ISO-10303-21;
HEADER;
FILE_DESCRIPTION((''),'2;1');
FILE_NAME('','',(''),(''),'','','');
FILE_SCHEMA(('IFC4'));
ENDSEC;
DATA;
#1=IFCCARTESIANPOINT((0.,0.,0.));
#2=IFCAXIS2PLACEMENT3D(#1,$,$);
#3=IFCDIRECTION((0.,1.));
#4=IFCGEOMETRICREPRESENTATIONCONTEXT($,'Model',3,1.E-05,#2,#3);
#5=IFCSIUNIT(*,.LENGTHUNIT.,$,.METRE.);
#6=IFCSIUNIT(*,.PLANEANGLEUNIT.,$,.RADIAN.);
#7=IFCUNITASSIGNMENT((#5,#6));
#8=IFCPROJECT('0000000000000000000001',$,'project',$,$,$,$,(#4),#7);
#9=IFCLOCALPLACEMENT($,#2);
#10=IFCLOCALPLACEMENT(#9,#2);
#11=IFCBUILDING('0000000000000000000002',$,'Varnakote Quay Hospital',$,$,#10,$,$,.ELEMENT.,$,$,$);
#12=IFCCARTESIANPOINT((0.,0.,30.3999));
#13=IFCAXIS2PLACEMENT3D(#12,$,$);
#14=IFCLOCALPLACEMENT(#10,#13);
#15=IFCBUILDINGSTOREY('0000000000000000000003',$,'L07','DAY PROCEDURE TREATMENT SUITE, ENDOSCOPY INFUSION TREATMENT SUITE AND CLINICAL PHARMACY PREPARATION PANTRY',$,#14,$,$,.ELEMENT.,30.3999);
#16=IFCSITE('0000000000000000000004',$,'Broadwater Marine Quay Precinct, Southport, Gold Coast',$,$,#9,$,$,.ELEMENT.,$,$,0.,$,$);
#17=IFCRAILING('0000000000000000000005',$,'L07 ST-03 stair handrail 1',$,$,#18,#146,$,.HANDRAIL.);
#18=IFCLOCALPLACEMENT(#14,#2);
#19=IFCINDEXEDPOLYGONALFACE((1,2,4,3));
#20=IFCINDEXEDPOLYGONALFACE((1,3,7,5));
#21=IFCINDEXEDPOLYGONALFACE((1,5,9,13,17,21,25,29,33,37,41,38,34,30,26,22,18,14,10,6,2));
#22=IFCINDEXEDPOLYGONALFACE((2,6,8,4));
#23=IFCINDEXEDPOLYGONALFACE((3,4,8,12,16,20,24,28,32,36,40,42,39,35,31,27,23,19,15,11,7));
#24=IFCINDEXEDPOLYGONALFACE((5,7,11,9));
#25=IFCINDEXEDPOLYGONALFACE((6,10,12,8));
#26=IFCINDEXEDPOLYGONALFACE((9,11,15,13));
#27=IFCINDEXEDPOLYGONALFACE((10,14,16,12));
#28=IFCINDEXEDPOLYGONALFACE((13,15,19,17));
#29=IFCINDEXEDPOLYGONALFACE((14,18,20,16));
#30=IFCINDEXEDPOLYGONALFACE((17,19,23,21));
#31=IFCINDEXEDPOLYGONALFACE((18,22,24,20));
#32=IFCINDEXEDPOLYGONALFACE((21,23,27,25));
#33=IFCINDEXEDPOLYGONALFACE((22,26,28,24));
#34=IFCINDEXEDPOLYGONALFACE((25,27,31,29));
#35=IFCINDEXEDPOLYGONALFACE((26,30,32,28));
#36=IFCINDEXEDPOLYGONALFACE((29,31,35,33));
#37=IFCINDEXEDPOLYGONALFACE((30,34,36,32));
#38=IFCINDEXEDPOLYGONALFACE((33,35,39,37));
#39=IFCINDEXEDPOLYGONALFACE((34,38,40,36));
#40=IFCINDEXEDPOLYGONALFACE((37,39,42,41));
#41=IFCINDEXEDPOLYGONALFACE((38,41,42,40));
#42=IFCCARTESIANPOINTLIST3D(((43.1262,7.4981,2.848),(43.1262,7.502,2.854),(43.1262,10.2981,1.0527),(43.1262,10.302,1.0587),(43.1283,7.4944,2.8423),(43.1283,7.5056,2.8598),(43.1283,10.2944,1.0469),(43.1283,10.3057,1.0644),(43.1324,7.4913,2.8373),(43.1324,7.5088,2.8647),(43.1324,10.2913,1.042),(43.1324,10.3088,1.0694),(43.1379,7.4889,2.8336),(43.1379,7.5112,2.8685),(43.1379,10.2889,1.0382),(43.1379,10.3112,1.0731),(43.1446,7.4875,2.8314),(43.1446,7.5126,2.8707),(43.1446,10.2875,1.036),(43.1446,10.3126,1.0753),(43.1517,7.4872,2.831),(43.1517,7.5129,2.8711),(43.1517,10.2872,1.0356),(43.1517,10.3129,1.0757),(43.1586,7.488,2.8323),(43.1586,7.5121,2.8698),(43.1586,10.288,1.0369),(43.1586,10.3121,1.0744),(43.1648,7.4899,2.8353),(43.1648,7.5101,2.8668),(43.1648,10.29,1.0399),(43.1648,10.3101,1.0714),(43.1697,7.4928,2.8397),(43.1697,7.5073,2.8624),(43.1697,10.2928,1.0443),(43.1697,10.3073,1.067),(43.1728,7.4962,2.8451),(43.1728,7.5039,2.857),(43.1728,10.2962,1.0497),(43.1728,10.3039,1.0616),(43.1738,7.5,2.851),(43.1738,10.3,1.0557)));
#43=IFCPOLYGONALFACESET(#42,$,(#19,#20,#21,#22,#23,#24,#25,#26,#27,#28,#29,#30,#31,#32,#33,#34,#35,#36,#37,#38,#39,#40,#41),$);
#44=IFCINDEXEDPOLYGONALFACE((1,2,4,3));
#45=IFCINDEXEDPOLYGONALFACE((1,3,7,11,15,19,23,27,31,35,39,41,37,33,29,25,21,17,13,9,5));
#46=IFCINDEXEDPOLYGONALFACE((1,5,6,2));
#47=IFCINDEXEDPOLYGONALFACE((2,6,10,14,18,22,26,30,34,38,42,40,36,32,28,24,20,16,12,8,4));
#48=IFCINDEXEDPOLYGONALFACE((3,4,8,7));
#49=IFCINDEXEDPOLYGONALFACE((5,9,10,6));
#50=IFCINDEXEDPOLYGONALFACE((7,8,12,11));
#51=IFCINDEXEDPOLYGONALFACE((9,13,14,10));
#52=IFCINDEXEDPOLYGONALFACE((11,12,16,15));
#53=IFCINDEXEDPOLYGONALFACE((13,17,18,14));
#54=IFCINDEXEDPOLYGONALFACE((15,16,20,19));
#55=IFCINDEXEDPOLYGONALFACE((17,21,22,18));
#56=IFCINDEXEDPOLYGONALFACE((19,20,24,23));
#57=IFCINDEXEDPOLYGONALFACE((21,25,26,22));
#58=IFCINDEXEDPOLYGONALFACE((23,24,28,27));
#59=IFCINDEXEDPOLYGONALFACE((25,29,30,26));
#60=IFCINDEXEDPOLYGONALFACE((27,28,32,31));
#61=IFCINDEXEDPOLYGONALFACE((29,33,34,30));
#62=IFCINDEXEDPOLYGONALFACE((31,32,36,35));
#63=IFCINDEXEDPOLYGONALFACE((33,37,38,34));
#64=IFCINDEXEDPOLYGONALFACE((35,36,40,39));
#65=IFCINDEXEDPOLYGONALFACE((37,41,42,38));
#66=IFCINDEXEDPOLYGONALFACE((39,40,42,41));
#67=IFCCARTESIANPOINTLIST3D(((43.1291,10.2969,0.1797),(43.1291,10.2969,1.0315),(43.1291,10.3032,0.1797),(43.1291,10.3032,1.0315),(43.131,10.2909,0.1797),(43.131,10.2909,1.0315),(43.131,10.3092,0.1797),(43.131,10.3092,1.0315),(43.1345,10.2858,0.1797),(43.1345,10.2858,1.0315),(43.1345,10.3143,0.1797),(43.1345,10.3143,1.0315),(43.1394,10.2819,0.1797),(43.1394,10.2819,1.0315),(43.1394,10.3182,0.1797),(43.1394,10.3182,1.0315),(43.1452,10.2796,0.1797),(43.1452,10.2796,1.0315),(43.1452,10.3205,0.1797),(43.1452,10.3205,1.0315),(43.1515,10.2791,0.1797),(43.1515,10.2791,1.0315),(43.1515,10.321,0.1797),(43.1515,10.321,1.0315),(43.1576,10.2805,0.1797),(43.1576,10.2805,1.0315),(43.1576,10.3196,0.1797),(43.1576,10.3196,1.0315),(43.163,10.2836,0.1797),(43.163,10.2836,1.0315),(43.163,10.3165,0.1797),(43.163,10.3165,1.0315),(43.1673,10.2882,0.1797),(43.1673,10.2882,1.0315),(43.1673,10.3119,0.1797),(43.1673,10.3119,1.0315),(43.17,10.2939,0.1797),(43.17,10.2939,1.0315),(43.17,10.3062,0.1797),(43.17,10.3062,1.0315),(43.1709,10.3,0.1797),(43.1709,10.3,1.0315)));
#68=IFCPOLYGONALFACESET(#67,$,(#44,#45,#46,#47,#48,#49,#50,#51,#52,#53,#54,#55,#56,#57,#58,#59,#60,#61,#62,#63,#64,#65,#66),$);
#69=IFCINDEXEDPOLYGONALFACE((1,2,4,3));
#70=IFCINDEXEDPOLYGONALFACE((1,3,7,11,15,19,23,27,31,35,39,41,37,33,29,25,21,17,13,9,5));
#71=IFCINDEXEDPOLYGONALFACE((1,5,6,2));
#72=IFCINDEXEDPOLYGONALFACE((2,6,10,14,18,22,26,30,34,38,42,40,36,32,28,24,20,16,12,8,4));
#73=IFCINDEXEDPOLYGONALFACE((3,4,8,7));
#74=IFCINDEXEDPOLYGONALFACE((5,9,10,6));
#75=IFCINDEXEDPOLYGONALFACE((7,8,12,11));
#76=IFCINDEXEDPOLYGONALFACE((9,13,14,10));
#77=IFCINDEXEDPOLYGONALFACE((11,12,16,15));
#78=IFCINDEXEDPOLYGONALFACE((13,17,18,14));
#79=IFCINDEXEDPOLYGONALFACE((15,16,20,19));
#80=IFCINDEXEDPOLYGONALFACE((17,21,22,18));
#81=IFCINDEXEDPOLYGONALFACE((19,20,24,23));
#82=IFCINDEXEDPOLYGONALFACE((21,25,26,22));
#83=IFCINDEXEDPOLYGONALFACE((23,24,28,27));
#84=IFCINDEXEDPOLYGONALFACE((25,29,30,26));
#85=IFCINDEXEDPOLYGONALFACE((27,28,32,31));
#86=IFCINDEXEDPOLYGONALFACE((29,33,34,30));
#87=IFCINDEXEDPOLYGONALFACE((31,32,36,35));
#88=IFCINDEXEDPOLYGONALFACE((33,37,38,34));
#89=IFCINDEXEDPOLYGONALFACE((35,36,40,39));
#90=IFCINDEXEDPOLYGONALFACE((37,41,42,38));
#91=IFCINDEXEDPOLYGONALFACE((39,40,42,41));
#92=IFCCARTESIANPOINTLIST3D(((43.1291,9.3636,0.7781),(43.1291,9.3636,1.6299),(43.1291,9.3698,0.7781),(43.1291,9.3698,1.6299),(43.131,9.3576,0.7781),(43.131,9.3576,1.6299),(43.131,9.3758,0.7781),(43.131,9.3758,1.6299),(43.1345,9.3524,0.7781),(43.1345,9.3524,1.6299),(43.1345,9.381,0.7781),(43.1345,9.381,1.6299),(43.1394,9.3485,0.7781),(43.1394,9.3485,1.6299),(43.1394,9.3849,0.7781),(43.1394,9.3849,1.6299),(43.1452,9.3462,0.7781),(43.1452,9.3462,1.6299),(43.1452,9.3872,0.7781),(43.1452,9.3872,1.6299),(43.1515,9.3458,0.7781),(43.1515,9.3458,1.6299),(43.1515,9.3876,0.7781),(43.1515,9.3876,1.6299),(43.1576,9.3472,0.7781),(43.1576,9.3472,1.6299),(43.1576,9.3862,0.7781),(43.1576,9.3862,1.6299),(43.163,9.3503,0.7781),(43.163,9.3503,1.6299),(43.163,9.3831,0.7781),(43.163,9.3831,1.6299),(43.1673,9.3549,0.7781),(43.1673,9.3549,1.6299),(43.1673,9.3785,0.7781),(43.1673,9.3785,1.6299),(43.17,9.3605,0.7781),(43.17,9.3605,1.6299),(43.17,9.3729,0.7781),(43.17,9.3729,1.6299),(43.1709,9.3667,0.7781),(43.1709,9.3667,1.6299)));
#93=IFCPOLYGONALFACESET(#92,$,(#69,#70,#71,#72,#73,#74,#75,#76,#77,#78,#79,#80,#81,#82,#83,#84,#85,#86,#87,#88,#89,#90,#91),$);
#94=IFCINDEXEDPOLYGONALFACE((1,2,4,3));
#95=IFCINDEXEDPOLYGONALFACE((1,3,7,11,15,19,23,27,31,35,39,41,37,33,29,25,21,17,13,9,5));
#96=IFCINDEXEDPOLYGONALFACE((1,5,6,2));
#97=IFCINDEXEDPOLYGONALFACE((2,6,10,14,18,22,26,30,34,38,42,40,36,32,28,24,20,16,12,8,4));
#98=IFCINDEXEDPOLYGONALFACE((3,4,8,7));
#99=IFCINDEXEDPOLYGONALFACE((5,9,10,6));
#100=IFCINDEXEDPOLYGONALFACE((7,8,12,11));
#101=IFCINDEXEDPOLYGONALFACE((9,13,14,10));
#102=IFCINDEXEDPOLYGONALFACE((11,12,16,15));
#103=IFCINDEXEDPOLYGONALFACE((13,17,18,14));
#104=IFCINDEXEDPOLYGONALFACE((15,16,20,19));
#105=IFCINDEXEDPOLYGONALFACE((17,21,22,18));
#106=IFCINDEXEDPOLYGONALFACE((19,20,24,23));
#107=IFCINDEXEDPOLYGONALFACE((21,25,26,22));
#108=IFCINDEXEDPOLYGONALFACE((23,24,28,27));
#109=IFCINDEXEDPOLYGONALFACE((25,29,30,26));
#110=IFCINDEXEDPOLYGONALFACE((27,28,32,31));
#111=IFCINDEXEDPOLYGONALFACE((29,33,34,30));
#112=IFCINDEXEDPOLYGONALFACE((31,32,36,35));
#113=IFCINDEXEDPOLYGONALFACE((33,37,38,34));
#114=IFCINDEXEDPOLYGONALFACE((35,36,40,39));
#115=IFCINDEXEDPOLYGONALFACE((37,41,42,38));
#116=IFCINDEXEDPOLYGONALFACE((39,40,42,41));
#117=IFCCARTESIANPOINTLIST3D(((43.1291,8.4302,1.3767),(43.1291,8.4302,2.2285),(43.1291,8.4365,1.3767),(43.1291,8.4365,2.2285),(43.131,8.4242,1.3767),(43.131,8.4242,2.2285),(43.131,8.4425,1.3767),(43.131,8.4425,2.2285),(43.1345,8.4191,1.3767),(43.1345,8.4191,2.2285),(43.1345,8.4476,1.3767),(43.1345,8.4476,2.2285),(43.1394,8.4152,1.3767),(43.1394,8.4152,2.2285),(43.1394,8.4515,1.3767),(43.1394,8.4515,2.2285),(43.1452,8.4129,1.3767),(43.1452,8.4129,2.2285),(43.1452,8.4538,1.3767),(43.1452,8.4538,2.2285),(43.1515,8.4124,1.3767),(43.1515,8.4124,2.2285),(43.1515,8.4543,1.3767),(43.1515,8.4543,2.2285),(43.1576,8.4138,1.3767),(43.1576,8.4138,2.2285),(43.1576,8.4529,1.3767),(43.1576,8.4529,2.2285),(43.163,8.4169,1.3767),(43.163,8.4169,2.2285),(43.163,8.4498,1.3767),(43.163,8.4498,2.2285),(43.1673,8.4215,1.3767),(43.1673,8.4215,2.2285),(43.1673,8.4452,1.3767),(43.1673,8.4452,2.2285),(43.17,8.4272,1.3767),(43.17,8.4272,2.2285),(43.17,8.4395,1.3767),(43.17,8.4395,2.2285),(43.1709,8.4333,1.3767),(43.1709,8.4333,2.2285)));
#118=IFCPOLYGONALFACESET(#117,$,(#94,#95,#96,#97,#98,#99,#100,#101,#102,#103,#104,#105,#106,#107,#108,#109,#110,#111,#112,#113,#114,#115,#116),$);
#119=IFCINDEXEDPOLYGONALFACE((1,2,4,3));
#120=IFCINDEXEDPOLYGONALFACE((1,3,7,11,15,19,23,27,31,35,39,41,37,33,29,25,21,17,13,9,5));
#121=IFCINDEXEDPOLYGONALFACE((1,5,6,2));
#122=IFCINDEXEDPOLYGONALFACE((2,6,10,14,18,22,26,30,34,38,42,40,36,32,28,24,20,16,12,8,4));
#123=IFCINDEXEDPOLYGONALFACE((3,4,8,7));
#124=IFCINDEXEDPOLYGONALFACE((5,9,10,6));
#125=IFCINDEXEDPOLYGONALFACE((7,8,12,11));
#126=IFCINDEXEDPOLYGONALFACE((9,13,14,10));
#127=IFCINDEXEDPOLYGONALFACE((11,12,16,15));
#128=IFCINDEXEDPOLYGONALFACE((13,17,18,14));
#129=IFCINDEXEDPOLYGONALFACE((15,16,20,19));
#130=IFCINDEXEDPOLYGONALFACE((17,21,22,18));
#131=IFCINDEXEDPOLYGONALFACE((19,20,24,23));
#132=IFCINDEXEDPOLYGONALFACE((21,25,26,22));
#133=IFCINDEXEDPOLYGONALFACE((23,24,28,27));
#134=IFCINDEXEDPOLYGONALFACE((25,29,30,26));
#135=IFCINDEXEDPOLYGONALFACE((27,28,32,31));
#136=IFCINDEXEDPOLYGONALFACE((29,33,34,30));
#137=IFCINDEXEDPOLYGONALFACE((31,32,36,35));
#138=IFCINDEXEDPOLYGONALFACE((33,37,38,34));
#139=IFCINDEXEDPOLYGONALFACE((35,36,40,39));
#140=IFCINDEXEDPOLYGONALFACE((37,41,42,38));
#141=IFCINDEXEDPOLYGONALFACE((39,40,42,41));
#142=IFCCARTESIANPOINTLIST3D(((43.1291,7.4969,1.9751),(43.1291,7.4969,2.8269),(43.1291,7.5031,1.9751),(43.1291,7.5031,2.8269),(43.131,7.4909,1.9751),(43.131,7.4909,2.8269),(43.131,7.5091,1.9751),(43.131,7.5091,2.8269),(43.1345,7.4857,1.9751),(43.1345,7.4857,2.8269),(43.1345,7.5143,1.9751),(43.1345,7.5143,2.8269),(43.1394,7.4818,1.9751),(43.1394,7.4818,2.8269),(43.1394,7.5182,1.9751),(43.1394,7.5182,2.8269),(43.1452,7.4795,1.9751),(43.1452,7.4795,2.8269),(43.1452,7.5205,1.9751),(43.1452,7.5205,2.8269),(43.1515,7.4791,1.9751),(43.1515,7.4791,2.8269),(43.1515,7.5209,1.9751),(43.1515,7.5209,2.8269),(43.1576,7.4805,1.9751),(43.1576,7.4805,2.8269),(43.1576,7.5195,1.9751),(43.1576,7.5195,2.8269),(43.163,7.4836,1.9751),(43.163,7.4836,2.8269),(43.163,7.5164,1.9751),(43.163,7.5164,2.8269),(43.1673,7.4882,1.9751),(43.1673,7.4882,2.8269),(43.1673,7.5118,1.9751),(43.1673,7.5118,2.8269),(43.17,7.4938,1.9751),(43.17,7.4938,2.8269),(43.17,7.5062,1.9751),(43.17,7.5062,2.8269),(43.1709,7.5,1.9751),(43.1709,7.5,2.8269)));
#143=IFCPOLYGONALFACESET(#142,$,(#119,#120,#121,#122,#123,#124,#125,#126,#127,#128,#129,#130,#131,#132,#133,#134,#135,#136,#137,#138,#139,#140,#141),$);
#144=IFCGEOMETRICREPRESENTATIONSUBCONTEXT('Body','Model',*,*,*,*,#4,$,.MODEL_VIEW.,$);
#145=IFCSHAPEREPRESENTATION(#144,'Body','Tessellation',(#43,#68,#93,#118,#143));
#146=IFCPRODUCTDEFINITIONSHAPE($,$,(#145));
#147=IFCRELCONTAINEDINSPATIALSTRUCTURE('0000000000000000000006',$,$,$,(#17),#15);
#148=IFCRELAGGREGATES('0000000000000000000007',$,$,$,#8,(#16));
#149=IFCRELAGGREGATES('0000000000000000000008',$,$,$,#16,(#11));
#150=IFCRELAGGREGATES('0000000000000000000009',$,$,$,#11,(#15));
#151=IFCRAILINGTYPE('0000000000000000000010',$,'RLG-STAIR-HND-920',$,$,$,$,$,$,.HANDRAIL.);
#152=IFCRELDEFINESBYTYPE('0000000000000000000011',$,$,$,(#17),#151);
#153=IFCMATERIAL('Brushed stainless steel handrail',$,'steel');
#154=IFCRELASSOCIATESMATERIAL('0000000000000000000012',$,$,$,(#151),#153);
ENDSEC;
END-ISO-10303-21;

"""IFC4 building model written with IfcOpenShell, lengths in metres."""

from ifc_helpers import new_model, si_unit, direction, frame, origin, origin_2d, place, context, subcontext, project, spatial, circle, extrude, material, type_object, element, save


model = new_model("IFC4")

# Units and contexts
model_context = context("Model", 3, precision=1e-05, world=origin(), true_north=direction((0.0, 1.0)))
body_context = subcontext(model_context, "Body", "Model", "MODEL_VIEW")
ifc_project = project(units=[si_unit("LENGTHUNIT", "METRE"), si_unit("PLANEANGLEUNIT", "RADIAN")], contexts=[model_context])

# Site, building, storey
site_placement = place(None, origin())
site = spatial("IfcSite", under=ifc_project, at=site_placement, Name="Broadwater Marine Quay Precinct, Southport, Gold Coast", CompositionType="ELEMENT", RefElevation=0.0)
building_placement = place(site_placement, origin())
building = spatial("IfcBuilding", under=site, at=building_placement, Name="Varnakote Quay Hospital", CompositionType="ELEMENT")
storey_placement = place(building_placement, frame((0.0, 0.0, 30.3999)))
storey = spatial("IfcBuildingStorey", under=building, at=storey_placement, Name="L07", Description="DAY PROCEDURE TREATMENT SUITE, ENDOSCOPY INFUSION TREATMENT SUITE AND CLINICAL PHARMACY PREPARATION PANTRY", CompositionType="ELEMENT", Elevation=30.3999)

# Railing
ifc_material_1 = material(Name="Brushed stainless steel handrail", Category="steel")
railing_type_1 = type_object("IfcRailingType", Name="RLG-STAIR-HND-920", PredefinedType="HANDRAIL", material=ifc_material_1)
railing_1_placement = place(storey_placement, frame((43.1499, 10.3, 0.1797)))
element("IfcRailing", 1, at=railing_1_placement, inside=storey, type_object=railing_type_1, Name="L07 ST-03 stair handrail 1", PredefinedType="HANDRAIL", context=body_context, shape_type="SweptSolid", body=[
    extrude(circle(Radius=0.0239, at=origin_2d()), frame((0.0, 0.0, 0.876), z_axis=(0.0, -0.84181, 0.539774), x_axis=(1.0, 0.0, 0.0)), (0.0, 0.0, 1.0), 3.3262),
    extrude(circle(Radius=0.021, at=origin_2d()), origin(), (0.0, 0.0, 1.0), 0.8518),
    extrude(circle(Radius=0.021, at=origin_2d()), frame((0.0, -0.9333, 0.5984)), (0.0, 0.0, 1.0), 0.8518),
    extrude(circle(Radius=0.021, at=origin_2d()), frame((0.0, -1.8667, 1.197)), (0.0, 0.0, 1.0), 0.8518),
    extrude(circle(Radius=0.021, at=origin_2d()), frame((0.0, -2.8, 1.7954)), (0.0, 0.0, 1.0), 0.8518),
])

save(model, "model.ifc")
